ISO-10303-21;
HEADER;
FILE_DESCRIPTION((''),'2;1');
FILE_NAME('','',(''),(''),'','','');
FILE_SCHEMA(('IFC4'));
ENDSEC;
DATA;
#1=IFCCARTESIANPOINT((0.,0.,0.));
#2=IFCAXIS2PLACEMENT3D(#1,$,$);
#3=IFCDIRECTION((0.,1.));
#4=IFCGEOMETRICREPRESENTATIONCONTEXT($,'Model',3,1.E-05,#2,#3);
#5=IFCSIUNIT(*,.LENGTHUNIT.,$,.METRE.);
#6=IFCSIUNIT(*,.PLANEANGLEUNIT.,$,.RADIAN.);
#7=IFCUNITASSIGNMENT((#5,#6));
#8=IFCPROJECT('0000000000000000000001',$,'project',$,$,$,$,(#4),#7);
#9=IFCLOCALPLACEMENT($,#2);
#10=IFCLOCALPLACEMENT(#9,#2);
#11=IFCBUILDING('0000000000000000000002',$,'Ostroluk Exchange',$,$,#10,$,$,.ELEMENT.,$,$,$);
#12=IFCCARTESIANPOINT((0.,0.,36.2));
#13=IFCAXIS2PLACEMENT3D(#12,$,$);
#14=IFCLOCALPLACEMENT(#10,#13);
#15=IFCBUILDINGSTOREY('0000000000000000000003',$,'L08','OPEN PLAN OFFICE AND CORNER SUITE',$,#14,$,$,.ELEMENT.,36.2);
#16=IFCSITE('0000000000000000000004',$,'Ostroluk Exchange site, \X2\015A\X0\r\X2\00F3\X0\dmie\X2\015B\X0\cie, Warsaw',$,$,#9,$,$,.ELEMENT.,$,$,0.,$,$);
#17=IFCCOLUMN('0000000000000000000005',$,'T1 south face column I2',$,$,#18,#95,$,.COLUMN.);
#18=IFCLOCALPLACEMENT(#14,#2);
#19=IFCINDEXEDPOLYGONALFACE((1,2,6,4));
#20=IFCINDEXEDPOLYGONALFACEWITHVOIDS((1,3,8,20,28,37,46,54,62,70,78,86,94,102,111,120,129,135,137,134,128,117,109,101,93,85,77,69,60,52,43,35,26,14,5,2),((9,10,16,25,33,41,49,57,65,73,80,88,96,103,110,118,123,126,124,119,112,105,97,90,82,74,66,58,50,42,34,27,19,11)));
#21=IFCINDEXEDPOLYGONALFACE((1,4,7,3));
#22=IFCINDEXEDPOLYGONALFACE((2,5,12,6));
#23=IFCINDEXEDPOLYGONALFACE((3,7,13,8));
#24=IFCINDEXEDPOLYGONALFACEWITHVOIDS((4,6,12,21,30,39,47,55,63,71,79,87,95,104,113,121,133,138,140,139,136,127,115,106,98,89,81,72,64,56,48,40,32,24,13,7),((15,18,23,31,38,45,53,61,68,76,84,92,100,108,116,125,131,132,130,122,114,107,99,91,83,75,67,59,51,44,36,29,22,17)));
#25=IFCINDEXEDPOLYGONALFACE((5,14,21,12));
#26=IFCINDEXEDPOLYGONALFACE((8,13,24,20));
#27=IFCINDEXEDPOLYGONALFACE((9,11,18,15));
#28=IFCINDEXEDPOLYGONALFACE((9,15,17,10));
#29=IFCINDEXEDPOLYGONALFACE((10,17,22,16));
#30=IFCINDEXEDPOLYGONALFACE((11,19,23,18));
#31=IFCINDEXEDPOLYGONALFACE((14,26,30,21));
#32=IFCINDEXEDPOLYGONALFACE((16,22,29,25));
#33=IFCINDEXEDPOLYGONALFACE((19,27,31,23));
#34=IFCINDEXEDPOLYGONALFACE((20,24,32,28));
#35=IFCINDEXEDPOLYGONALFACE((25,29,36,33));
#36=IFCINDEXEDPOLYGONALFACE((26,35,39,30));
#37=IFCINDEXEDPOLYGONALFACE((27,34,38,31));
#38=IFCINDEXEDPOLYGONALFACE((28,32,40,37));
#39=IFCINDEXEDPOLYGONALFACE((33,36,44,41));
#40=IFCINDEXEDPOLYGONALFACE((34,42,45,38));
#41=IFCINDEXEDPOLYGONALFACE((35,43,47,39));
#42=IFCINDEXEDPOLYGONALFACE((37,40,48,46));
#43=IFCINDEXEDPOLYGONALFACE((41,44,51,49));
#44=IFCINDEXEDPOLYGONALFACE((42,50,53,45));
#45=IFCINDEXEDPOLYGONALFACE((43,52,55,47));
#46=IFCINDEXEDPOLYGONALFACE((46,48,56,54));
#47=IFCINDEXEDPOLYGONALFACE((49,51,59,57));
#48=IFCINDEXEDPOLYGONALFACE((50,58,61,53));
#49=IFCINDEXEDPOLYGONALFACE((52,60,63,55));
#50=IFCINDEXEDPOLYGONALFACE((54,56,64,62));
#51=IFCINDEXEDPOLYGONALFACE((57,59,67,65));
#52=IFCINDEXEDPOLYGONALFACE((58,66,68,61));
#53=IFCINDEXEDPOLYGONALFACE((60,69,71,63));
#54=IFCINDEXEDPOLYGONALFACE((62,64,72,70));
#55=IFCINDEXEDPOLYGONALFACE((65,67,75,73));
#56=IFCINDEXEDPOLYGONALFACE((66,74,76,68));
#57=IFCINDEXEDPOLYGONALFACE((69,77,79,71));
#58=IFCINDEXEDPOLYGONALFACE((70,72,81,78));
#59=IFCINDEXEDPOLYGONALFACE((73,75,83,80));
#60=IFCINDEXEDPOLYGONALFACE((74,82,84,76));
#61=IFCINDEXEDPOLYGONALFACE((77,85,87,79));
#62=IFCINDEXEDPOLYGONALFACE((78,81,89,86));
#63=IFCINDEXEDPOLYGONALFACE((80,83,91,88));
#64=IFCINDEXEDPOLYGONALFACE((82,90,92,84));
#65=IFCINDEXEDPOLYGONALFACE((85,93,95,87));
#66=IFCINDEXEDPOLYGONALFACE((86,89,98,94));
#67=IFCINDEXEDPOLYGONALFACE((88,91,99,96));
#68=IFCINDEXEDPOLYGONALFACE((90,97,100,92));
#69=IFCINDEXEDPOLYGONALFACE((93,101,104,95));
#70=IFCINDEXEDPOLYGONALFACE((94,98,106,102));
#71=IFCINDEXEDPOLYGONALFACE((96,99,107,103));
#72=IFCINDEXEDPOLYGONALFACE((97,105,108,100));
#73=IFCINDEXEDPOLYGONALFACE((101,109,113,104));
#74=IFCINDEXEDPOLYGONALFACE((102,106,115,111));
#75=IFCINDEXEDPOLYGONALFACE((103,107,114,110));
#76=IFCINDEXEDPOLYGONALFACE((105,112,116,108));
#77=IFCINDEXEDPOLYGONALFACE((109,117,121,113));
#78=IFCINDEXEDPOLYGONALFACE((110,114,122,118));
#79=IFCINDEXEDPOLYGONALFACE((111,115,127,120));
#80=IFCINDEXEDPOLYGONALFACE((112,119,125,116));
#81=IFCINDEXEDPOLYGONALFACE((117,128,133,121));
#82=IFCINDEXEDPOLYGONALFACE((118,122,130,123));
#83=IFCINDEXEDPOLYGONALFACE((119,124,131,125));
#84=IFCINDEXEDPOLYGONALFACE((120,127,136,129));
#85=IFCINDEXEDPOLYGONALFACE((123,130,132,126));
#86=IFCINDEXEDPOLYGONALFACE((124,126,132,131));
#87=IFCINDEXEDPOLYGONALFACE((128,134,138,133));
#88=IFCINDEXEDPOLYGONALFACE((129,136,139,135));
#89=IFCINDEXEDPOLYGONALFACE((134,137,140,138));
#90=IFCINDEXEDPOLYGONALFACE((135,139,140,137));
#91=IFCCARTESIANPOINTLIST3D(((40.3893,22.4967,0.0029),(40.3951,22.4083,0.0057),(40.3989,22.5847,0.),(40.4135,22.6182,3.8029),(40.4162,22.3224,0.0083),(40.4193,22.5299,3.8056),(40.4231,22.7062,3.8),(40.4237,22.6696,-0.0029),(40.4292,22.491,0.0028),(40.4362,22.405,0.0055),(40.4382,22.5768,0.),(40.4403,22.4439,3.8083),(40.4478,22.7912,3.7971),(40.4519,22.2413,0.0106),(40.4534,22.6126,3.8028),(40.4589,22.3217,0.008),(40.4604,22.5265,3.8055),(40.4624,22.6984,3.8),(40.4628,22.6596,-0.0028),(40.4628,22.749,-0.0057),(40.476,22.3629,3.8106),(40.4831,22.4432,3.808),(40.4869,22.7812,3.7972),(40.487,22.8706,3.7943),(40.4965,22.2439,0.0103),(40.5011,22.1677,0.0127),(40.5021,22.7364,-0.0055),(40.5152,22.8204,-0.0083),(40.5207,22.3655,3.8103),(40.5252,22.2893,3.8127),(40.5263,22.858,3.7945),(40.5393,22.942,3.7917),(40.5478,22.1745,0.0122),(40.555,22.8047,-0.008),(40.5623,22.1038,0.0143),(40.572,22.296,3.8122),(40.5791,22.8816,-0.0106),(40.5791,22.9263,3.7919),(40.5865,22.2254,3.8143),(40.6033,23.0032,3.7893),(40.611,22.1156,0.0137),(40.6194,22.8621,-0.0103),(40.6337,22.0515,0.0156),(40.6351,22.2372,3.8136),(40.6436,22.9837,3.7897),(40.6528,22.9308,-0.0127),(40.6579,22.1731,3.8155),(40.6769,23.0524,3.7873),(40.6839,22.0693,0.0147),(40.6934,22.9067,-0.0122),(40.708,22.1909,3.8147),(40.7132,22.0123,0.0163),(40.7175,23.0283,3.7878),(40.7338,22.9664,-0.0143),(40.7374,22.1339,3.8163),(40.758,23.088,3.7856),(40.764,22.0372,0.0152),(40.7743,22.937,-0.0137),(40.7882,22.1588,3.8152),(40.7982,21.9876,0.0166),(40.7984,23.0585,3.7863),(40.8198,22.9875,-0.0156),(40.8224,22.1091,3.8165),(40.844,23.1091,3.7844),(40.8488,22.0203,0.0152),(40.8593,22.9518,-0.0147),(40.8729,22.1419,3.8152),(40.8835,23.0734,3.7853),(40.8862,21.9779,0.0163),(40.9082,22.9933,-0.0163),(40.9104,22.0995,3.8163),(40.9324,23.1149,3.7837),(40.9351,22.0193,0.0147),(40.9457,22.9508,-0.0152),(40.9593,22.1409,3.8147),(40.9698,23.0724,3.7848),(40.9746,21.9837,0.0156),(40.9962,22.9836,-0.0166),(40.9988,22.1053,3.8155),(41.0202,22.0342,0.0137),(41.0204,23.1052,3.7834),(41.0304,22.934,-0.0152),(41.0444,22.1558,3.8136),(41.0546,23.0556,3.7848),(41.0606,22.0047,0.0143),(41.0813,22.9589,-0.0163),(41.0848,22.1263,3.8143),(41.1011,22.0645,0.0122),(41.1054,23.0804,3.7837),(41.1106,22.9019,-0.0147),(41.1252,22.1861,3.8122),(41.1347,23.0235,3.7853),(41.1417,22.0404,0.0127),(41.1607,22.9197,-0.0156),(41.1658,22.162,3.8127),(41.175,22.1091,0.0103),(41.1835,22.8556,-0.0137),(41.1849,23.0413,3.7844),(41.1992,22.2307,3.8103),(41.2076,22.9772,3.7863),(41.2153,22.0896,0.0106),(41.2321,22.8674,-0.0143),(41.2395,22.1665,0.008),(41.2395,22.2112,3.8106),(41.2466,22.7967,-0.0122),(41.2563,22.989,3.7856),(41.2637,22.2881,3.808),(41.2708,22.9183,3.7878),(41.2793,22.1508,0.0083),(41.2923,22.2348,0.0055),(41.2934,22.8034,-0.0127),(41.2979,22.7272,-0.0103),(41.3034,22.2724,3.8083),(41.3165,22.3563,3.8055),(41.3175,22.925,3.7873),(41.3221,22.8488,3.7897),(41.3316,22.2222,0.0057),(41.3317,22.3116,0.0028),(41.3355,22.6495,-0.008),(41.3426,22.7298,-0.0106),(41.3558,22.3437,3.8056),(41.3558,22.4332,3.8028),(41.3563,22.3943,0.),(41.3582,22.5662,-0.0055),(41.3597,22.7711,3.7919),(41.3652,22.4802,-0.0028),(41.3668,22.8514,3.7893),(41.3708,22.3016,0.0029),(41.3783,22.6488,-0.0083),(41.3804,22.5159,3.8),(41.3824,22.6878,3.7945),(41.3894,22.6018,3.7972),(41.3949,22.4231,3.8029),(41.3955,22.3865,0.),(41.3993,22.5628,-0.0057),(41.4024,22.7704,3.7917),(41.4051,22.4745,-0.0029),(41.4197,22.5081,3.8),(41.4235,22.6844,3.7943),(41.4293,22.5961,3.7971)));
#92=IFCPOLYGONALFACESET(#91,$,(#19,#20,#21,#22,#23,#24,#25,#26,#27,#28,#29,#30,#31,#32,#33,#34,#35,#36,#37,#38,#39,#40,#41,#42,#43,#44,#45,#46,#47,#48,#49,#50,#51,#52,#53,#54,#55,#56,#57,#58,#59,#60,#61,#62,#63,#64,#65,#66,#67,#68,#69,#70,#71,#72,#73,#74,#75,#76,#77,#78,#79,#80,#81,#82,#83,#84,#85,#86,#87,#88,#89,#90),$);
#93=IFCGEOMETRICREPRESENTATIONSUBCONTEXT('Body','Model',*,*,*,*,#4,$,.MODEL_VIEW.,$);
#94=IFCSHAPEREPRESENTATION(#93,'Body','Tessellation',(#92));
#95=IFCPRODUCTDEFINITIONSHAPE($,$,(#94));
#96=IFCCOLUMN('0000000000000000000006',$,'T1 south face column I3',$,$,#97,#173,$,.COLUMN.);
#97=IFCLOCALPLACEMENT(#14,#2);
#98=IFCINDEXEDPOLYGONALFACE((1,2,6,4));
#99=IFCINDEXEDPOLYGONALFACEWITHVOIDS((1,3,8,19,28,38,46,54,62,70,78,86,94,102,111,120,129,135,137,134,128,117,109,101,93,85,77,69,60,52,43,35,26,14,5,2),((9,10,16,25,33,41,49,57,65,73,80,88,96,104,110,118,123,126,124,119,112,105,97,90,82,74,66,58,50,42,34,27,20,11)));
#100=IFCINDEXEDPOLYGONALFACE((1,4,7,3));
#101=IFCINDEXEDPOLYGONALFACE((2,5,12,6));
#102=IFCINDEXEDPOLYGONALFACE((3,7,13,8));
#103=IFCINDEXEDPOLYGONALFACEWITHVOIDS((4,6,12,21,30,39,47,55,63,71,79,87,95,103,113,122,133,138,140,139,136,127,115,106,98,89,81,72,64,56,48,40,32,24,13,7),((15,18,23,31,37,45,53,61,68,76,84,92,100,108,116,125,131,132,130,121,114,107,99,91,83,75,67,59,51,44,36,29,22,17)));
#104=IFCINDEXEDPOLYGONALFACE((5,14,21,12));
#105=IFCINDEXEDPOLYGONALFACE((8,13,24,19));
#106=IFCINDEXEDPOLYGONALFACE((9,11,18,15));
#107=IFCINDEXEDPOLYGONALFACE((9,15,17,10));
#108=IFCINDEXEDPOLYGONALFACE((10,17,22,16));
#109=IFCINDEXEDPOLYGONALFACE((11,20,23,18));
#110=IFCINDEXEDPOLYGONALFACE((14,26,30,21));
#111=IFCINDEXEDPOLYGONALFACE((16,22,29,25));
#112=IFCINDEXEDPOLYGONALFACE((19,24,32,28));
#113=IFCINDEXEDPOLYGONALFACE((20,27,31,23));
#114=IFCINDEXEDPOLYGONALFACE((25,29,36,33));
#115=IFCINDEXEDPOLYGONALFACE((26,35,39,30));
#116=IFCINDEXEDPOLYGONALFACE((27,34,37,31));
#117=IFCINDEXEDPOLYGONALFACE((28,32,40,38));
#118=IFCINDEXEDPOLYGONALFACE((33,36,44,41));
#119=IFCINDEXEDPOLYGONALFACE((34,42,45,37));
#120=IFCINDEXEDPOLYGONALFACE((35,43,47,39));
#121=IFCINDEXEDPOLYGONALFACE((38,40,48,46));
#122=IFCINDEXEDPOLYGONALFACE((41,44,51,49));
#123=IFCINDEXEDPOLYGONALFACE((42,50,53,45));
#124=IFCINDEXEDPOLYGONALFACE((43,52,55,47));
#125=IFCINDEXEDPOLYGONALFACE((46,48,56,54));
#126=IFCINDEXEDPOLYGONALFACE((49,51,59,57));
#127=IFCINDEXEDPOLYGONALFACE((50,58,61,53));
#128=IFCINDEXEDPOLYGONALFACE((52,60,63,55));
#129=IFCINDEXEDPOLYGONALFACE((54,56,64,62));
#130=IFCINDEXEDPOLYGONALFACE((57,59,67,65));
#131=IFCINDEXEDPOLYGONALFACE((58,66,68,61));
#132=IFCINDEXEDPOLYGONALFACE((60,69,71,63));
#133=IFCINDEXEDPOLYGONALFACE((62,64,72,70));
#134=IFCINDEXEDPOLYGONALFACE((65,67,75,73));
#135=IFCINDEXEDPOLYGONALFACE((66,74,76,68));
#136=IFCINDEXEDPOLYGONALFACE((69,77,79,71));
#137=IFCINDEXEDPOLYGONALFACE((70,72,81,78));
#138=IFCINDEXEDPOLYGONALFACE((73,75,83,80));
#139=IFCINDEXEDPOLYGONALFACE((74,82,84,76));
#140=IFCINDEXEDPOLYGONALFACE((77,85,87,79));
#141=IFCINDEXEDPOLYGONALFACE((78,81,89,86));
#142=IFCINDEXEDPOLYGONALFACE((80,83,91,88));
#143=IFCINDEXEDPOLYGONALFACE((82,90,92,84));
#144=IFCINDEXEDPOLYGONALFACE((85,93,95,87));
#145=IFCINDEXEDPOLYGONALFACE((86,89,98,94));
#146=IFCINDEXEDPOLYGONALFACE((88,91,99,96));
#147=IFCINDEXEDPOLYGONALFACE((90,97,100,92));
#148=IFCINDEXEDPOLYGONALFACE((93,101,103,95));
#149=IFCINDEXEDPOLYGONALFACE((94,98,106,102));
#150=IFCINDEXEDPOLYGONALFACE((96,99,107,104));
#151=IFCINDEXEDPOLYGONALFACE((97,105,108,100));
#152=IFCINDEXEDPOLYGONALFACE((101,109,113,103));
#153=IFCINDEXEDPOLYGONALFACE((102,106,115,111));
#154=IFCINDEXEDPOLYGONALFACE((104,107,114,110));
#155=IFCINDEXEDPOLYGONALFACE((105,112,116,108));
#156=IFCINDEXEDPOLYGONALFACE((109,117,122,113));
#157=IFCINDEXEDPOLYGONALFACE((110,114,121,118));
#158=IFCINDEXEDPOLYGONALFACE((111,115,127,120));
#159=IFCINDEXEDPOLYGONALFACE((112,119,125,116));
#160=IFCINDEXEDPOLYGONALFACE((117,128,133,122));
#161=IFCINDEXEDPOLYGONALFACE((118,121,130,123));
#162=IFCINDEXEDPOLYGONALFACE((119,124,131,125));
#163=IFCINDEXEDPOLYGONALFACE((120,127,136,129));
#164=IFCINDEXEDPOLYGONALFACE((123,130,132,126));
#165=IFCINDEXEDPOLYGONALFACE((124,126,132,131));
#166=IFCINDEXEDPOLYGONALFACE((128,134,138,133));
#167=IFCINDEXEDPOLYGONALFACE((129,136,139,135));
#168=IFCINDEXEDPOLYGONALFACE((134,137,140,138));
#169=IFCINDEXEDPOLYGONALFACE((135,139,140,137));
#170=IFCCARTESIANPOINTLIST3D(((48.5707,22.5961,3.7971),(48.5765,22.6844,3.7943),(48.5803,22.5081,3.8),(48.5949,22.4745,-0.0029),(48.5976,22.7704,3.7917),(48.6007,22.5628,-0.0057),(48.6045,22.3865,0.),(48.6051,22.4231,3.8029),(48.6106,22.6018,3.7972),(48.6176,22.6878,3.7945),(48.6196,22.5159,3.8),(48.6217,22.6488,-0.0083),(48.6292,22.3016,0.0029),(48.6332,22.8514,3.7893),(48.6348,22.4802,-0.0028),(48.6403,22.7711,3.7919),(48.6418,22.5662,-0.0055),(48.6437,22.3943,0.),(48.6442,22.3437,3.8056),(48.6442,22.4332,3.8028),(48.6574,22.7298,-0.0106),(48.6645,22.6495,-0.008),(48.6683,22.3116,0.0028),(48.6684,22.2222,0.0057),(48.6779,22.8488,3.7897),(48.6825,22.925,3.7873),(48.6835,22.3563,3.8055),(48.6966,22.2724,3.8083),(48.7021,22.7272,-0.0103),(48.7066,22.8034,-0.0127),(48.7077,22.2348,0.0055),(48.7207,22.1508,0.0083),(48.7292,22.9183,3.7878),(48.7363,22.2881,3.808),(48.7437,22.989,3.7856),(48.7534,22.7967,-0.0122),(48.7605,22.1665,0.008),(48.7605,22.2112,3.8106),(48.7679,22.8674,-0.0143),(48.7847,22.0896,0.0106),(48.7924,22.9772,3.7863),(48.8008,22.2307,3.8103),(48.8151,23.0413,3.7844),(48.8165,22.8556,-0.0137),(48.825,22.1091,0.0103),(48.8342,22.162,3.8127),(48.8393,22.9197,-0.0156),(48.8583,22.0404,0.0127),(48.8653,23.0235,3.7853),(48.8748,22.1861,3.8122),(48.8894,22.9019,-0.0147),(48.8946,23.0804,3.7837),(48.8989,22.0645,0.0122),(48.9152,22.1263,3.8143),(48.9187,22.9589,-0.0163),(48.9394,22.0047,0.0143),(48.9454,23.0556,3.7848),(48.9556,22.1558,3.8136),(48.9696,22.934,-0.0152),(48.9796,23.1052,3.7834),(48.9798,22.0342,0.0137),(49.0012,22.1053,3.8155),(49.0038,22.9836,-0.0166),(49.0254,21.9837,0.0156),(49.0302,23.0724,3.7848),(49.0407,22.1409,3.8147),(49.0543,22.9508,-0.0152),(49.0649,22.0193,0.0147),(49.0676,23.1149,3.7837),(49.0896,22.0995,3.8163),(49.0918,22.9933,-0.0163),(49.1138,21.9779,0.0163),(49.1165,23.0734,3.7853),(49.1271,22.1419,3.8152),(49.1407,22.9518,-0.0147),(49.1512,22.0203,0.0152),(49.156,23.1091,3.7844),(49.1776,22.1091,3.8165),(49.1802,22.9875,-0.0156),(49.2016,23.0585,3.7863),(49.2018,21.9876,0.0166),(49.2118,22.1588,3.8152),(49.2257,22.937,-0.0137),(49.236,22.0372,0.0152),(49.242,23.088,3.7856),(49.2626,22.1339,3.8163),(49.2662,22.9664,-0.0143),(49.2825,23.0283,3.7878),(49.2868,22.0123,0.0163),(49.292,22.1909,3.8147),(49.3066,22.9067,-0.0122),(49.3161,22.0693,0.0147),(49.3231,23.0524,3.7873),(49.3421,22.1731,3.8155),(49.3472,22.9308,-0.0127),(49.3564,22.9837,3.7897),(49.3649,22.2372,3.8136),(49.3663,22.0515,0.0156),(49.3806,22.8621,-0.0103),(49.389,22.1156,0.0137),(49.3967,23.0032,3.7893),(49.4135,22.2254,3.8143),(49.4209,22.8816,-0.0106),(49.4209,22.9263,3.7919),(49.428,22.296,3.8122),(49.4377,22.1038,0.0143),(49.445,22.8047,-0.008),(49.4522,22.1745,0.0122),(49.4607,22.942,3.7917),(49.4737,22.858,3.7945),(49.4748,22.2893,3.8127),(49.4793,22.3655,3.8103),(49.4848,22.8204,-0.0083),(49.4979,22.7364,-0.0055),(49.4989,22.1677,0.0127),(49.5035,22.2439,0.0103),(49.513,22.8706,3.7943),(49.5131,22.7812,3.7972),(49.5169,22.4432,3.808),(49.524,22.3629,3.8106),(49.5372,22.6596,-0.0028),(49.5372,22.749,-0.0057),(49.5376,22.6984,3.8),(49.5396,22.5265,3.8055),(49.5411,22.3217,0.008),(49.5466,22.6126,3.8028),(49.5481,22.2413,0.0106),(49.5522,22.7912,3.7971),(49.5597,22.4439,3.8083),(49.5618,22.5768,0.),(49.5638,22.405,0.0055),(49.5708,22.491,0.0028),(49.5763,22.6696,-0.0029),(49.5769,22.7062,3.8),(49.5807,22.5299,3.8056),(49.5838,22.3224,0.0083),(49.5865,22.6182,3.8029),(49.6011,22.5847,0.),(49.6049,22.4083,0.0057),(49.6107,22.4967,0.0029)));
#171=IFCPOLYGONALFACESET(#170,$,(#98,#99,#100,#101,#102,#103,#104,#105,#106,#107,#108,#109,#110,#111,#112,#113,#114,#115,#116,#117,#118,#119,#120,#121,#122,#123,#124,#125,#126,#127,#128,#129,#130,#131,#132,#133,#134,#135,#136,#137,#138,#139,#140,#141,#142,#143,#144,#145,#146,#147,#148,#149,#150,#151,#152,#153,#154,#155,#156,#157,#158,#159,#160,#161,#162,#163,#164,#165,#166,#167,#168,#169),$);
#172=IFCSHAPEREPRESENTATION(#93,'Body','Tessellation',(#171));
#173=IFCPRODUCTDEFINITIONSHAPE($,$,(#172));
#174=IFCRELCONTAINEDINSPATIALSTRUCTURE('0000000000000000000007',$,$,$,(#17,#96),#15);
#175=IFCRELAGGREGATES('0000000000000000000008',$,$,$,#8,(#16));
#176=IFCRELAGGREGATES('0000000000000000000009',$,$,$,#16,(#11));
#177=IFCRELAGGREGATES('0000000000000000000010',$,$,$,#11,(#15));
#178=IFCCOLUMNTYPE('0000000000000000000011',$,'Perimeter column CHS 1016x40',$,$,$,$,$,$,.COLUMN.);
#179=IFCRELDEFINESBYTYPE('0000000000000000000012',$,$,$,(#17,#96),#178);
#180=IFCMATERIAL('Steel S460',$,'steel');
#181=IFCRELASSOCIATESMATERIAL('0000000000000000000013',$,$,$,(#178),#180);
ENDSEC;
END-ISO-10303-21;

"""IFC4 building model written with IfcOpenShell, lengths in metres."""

from ifc_helpers import new_model, si_unit, direction, frame, origin, origin_2d, place, context, subcontext, project, spatial, hollow_circle, extrude, material, material_profile, profile_set, type_object, element, save


model = new_model("IFC4")

# Units and contexts
model_context = context("Model", 3, precision=1e-05, world=origin(), true_north=direction((0.0, 1.0)))
body_context = subcontext(model_context, "Body", "Model", "MODEL_VIEW")
ifc_project = project(units=[si_unit("LENGTHUNIT", "METRE"), si_unit("PLANEANGLEUNIT", "RADIAN")], contexts=[model_context])

# Site, building, storey
site_placement = place(None, origin())
site = spatial("IfcSite", under=ifc_project, at=site_placement, Name="Ostroluk Exchange site, Śródmieście, Warsaw", CompositionType="ELEMENT", RefElevation=0.0)
building_placement = place(site_placement, origin())
building = spatial("IfcBuilding", under=site, at=building_placement, Name="Ostroluk Exchange", CompositionType="ELEMENT")
storey_placement = place(building_placement, frame((0.0, 0.0, 36.2)))
storey = spatial("IfcBuildingStorey", under=building, at=storey_placement, Name="L08", Description="OPEN PLAN OFFICE AND CORNER SUITE", CompositionType="ELEMENT", Elevation=36.2)

# Columns
ifc_material_1 = material(Name="Steel S460", Category="steel")
ifc_material_profile_1 = material_profile(ifc_material_1, hollow_circle(Radius=0.5081, WallThickness=0.04, at=origin_2d()), Name="CHS 1016x40")
ifc_profile_set_1 = profile_set([ifc_material_profile_1], Name="Steel S460")
column_type = type_object("IfcColumnType", Name="Perimeter column CHS 1016x40", PredefinedType="COLUMN", material=ifc_profile_set_1)
for number, where, z_axis, x_axis, name in (
    (1, (40.8972, 22.4856, 0.0), (0.006357, 0.031978, 0.999468), (-0.980807, 0.19498, 0.0), "T1 south face column I2"),
    (2, (49.1028, 22.4856, 0.0), (-0.006357, 0.031978, 0.999468), (-0.980807, -0.19498, 0.0), "T1 south face column I3"),
):
    element("IfcColumn", number, at=place(storey_placement, frame(where, z_axis=z_axis, x_axis=x_axis)), inside=storey, type_object=column_type, Name=name, PredefinedType="COLUMN", context=body_context, shape_type="SweptSolid", body=[
        extrude(hollow_circle(Radius=0.5081, WallThickness=0.04, at=origin_2d()), origin(), (0.0, 0.0, 1.0), 3.802),
    ])

save(model, "model.ifc")
